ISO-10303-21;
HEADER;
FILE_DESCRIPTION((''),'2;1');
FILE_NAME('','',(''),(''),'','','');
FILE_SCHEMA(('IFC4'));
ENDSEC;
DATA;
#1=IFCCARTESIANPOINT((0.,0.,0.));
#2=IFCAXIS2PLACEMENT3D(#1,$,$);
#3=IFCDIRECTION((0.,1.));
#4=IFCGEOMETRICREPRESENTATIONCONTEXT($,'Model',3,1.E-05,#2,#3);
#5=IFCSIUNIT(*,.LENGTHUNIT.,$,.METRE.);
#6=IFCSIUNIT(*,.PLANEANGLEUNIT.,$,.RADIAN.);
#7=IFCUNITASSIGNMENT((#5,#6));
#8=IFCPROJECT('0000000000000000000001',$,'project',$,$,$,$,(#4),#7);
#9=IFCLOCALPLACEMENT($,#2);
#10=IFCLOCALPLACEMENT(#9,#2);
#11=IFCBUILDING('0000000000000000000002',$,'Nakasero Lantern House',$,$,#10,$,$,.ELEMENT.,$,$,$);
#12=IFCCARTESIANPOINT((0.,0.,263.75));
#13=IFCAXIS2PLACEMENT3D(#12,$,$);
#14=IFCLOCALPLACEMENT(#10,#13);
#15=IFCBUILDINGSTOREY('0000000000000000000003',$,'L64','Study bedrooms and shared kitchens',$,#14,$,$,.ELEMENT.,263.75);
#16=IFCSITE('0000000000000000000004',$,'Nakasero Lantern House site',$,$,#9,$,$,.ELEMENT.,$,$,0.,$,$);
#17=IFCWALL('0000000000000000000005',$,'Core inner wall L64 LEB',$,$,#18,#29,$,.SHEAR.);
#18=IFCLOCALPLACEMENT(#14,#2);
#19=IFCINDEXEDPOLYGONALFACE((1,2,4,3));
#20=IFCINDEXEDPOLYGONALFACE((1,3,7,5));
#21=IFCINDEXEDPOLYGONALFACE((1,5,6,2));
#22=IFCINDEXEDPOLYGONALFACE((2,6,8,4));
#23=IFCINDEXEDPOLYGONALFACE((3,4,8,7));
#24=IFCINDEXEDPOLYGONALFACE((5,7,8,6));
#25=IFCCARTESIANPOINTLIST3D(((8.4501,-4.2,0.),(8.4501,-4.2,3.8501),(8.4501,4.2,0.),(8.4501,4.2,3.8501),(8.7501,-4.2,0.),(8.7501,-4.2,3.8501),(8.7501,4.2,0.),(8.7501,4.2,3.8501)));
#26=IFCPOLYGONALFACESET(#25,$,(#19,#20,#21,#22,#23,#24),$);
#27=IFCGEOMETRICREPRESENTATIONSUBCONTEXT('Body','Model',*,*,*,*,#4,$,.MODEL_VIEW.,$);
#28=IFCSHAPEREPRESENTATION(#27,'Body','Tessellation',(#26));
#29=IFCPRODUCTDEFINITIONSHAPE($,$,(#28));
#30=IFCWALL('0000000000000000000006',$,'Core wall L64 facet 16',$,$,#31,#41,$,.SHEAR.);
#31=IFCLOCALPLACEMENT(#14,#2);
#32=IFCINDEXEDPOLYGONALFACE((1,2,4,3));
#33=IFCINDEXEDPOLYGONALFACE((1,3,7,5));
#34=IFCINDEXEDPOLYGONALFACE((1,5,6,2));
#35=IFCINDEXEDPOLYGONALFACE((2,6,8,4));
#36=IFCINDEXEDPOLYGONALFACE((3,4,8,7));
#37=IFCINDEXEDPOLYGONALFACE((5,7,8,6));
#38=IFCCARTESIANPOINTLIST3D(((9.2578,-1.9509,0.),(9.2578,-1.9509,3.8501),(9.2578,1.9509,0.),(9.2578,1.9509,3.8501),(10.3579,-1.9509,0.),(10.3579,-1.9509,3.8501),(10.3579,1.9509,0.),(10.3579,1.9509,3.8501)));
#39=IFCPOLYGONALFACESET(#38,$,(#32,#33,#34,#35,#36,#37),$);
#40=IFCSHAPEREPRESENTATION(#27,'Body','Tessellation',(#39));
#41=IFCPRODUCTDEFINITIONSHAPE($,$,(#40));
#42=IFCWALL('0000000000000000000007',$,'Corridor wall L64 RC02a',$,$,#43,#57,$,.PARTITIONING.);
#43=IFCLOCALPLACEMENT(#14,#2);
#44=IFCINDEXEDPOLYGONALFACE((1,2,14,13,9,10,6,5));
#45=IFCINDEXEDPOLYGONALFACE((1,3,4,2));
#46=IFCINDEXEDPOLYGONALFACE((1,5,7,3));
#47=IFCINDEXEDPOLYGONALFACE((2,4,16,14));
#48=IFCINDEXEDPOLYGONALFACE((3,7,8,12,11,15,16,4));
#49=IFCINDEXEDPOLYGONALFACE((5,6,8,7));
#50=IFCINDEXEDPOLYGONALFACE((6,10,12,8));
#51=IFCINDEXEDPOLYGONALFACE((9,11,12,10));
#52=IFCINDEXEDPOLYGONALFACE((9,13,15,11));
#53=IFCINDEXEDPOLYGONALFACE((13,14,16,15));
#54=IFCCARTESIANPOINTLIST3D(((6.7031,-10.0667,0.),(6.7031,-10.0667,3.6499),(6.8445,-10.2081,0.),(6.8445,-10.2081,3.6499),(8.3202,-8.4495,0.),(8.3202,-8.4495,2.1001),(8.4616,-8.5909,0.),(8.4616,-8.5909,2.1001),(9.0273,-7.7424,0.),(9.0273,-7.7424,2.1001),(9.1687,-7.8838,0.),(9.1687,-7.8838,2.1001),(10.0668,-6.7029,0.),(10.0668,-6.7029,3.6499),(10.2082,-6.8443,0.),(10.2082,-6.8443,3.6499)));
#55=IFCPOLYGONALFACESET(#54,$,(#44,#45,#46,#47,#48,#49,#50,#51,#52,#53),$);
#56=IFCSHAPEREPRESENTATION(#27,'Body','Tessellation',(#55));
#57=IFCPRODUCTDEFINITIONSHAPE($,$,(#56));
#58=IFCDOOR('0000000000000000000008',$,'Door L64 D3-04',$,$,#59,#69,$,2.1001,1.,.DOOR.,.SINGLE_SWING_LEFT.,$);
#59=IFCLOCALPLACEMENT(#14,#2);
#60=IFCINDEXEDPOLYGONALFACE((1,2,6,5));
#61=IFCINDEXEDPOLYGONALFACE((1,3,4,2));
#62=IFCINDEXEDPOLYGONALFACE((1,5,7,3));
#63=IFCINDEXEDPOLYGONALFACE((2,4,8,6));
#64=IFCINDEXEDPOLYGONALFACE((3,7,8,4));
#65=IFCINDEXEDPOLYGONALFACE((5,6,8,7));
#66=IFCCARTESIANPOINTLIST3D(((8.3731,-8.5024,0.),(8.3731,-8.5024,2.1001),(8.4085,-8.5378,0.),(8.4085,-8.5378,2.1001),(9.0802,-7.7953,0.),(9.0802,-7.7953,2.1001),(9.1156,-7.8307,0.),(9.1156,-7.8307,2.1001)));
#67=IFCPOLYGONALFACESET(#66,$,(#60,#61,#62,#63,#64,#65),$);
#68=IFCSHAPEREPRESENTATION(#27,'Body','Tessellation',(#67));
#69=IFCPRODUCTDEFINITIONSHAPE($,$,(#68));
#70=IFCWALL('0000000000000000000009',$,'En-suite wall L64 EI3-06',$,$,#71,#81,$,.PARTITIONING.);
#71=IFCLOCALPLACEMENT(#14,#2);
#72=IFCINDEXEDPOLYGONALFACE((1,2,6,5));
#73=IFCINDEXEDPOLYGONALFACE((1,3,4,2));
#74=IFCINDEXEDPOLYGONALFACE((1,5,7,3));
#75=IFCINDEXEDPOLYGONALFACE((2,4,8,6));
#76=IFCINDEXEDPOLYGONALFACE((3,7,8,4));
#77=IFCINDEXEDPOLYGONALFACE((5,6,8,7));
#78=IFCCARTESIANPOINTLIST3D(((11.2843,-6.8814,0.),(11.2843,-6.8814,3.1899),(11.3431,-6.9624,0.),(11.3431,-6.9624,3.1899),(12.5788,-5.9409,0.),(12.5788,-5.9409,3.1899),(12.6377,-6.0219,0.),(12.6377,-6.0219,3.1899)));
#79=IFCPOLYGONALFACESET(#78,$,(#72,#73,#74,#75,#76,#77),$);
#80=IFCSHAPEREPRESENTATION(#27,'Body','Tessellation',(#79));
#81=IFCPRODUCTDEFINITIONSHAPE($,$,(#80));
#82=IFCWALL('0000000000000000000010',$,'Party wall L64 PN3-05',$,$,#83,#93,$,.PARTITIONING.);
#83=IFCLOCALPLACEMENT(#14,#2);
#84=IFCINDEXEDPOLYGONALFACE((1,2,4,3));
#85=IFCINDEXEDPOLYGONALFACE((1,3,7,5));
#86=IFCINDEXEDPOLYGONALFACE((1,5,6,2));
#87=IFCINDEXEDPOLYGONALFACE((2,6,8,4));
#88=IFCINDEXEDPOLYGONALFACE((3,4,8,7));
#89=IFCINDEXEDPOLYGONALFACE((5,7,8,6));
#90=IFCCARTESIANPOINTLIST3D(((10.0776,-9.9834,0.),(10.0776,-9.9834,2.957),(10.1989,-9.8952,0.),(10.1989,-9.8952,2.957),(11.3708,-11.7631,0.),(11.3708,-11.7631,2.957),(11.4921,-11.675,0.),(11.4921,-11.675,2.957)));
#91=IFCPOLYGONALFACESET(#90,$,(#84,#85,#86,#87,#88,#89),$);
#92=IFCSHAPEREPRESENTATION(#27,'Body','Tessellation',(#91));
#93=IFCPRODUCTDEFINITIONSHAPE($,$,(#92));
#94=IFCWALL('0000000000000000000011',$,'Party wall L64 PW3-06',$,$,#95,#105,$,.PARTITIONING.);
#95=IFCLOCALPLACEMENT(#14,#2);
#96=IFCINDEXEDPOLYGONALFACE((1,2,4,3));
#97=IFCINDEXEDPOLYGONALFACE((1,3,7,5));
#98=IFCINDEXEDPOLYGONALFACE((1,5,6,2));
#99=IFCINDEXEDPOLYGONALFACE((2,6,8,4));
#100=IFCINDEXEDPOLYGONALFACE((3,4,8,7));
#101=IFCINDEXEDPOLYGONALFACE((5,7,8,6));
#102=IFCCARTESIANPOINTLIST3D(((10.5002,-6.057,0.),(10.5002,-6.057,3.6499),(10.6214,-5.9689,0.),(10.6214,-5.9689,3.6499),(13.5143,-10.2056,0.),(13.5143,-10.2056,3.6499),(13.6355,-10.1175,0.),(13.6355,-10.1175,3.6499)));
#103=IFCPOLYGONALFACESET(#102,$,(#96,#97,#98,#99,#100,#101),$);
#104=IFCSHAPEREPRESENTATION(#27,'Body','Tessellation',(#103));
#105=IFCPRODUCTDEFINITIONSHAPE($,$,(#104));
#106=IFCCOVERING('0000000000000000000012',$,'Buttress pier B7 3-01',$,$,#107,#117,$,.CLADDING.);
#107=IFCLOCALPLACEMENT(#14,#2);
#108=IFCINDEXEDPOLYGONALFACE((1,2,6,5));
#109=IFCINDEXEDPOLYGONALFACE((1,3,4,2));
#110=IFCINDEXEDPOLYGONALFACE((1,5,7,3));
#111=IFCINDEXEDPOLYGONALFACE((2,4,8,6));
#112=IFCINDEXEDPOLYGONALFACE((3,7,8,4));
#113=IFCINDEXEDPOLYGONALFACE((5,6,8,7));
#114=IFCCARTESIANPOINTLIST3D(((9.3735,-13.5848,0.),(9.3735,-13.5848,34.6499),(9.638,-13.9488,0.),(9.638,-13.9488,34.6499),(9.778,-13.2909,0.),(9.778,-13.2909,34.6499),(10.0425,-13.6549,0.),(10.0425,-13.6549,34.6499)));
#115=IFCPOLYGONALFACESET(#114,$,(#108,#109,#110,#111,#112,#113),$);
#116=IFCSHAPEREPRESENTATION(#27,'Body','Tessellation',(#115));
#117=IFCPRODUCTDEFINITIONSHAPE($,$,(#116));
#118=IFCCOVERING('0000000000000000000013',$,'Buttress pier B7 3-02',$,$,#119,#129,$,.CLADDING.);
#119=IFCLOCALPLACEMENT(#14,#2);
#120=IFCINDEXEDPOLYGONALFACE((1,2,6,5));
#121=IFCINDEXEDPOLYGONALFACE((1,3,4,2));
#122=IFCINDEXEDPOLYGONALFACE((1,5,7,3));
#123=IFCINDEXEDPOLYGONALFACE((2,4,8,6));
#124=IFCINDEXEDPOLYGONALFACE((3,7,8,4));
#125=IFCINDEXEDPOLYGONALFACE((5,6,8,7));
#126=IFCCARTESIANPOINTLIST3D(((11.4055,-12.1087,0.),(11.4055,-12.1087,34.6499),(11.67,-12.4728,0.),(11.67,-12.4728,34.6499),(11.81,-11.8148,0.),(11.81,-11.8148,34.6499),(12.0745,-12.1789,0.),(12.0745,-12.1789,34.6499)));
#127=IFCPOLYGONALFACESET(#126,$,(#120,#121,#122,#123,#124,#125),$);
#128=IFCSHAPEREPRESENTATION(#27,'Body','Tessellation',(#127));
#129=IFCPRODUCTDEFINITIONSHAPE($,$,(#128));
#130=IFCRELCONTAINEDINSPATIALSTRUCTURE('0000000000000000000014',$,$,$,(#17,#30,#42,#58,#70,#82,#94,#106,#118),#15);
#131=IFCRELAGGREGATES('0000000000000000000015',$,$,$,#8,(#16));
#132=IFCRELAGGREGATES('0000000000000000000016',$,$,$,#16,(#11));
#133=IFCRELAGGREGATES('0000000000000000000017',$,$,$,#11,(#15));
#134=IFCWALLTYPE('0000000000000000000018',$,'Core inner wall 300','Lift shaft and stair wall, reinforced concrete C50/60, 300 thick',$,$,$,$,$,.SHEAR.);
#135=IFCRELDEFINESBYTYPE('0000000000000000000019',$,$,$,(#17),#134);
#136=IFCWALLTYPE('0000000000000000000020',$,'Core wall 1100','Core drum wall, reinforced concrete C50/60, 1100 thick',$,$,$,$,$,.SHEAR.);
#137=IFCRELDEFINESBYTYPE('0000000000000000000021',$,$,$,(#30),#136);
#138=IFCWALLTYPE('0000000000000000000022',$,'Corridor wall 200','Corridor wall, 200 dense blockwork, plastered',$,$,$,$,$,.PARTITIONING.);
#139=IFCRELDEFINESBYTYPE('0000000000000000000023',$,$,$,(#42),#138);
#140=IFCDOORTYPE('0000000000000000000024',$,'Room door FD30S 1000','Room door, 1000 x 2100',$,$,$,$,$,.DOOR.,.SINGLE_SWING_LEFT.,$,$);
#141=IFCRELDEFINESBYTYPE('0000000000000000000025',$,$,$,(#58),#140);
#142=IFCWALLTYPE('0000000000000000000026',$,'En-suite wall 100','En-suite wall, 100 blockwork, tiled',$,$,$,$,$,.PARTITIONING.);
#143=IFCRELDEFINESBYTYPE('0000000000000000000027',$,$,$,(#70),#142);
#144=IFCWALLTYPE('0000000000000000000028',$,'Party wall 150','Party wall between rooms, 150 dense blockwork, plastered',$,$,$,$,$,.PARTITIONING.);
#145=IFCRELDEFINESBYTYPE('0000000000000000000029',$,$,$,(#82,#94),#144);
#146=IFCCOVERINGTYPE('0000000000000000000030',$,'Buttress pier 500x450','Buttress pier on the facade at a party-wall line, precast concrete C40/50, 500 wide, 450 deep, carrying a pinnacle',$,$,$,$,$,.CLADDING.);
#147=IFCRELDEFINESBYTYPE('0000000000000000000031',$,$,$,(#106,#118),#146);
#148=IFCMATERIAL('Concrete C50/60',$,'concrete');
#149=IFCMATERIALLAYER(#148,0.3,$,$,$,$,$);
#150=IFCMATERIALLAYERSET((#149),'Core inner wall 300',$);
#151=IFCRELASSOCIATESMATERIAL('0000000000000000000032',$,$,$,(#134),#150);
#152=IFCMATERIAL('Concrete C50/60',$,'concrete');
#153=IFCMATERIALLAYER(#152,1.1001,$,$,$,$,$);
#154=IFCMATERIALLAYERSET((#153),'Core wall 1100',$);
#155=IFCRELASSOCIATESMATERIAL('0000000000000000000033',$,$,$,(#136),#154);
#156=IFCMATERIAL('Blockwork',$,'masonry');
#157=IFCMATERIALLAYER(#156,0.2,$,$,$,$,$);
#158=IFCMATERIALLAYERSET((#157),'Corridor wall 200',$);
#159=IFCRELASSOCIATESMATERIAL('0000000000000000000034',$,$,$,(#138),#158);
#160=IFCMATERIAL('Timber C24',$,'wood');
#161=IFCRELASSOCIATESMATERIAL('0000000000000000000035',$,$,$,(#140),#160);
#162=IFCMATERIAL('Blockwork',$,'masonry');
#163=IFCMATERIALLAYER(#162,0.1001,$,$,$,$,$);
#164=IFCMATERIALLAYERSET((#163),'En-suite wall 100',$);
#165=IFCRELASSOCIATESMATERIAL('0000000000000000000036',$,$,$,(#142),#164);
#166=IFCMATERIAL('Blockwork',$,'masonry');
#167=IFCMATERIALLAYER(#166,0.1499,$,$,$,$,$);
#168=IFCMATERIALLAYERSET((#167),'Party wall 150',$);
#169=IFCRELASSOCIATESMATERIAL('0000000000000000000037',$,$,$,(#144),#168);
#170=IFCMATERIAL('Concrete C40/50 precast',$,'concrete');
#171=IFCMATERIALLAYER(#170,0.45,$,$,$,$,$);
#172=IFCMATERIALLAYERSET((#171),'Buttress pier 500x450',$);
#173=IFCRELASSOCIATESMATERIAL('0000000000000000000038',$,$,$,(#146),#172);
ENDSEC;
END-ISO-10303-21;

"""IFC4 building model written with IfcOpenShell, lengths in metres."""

from ifc_helpers import new_model, si_unit, direction, frame, frame_2d, origin, origin_2d, place, context, subcontext, project, spatial, rectangle, extrude, material, layer, layer_set, type_object, element, fill, save


model = new_model("IFC4")

# Units and contexts
model_context = context("Model", 3, precision=1e-05, world=origin(), true_north=direction((0.0, 1.0)))
body_context = subcontext(model_context, "Body", "Model", "MODEL_VIEW")
ifc_project = project(units=[si_unit("LENGTHUNIT", "METRE"), si_unit("PLANEANGLEUNIT", "RADIAN")], contexts=[model_context])

# Site, building, storey
site_placement = place(None, origin())
site = spatial("IfcSite", under=ifc_project, at=site_placement, Name="Nakasero Lantern House site", CompositionType="ELEMENT", RefElevation=0.0)
building_placement = place(site_placement, origin())
building = spatial("IfcBuilding", under=site, at=building_placement, Name="Nakasero Lantern House", CompositionType="ELEMENT")
storey_placement = place(building_placement, frame((0.0, 0.0, 263.75)))
storey = spatial("IfcBuildingStorey", under=building, at=storey_placement, Name="L64", Description="Study bedrooms and shared kitchens", CompositionType="ELEMENT", Elevation=263.75)

# Walls
ifc_material_1 = material(Name="Concrete C50/60", Category="concrete")
ifc_layer_1 = layer(ifc_material_1, 0.3)
ifc_layer_set_1 = layer_set([ifc_layer_1], Name="Core inner wall 300")
wall_type_1 = type_object("IfcWallType", Name="Core inner wall 300", Description="Lift shaft and stair wall, reinforced concrete C50/60, 300 thick", PredefinedType="SHEAR", material=ifc_layer_set_1)
wall_1_placement = place(storey_placement, frame((8.6001, -4.2, 0.0), z_axis=(0.0, 0.0, 1.0), x_axis=(0.0, 1.0, 0.0)))
element("IfcWall", 1, at=wall_1_placement, inside=storey, type_object=wall_type_1, Name="Core inner wall L64 LEB", PredefinedType="SHEAR", context=body_context, shape_type="SweptSolid", body=[
    extrude(rectangle(XDim=8.3999, YDim=0.3, at=frame_2d((4.2, 0.0))), origin(), (0.0, 0.0, 1.0), 3.8501),
])
ifc_material_2 = material(Name="Concrete C50/60", Category="concrete")
ifc_layer_2 = layer(ifc_material_2, 1.1001)
ifc_layer_set_2 = layer_set([ifc_layer_2], Name="Core wall 1100")
wall_type_2 = type_object("IfcWallType", Name="Core wall 1100", Description="Core drum wall, reinforced concrete C50/60, 1100 thick", PredefinedType="SHEAR", material=ifc_layer_set_2)
wall_2_placement = place(storey_placement, frame((9.8079, -1.9509, 0.0), z_axis=(0.0, 0.0, 1.0), x_axis=(0.0, 1.0, 0.0)))
element("IfcWall", 2, at=wall_2_placement, inside=storey, type_object=wall_type_2, Name="Core wall L64 facet 16", PredefinedType="SHEAR", context=body_context, shape_type="SweptSolid", body=[
    extrude(rectangle(XDim=3.9019, YDim=1.1001, at=frame_2d((1.9509, 0.0))), origin(), (0.0, 0.0, 1.0), 3.8501),
])

# Wall, opening, door
ifc_material_3 = material(Name="Blockwork", Category="masonry")
ifc_layer_3 = layer(ifc_material_3, 0.2)
ifc_layer_set_3 = layer_set([ifc_layer_3], Name="Corridor wall 200")
wall_type_3 = type_object("IfcWallType", Name="Corridor wall 200", Description="Corridor wall, 200 dense blockwork, plastered", PredefinedType="PARTITIONING", material=ifc_layer_set_3)
wall_3_placement = place(storey_placement, frame((10.1375, -6.7737, 0.0), z_axis=(0.0, 0.0, 1.0), x_axis=(-0.707107, -0.707107, 0.0)))
wall_3 = element("IfcWall", 3, at=wall_3_placement, inside=storey, type_object=wall_type_3, Name="Corridor wall L64 RC02a", PredefinedType="PARTITIONING", context=body_context, shape_type="SweptSolid", body=[
    extrude(rectangle(XDim=4.7571, YDim=0.2, at=frame_2d((2.3784, 0.0))), origin(), (0.0, 0.0, 1.0), 3.6499),
])
opening_placement = place(wall_3_placement, frame((1.47, 0.0, 0.0)))
opening = element("IfcOpeningElement", 4, at=opening_placement, cuts=wall_3, PredefinedType="OPENING", context=body_context, shape_type="SweptSolid", body=[
    extrude(rectangle(XDim=1.0, YDim=2.1001, at=frame_2d((0.5, 1.05))), frame((0.0, 0.1199, 0.0), z_axis=(0.0, -1.0, 0.0), x_axis=(1.0, 0.0, 0.0)), (0.0, 0.0, 1.0), 0.24),
])
ifc_material_4 = material(Name="Timber C24", Category="wood")
door_type = type_object("IfcDoorType", Name="Room door FD30S 1000", Description="Room door, 1000 x 2100", OperationType="SINGLE_SWING_LEFT", PredefinedType="DOOR", material=ifc_material_4)
door_placement = place(opening_placement, origin())
door = element("IfcDoor", 5, at=door_placement, inside=storey, type_object=door_type, Name="Door L64 D3-04", OperationType="SINGLE_SWING_LEFT", OverallHeight=2.1001, OverallWidth=1.0, PredefinedType="DOOR", context=body_context, shape_type="SweptSolid", body=[
    extrude(rectangle(XDim=1.0, YDim=2.1001, at=frame_2d((0.5, 1.05))), frame((0.0, 0.0249, 0.0), z_axis=(0.0, -1.0, 0.0), x_axis=(1.0, 0.0, 0.0)), (0.0, 0.0, 1.0), 0.05),
])
fill(opening, door)

# Walls
ifc_material_5 = material(Name="Blockwork", Category="masonry")
ifc_layer_4 = layer(ifc_material_5, 0.1001)
ifc_layer_set_4 = layer_set([ifc_layer_4], Name="En-suite wall 100")
wall_type_4 = type_object("IfcWallType", Name="En-suite wall 100", Description="En-suite wall, 100 blockwork, tiled", PredefinedType="PARTITIONING", material=ifc_layer_set_4)
wall_4_placement = place(storey_placement, frame((11.3137, -6.9219, 0.0), z_axis=(0.0, 0.0, 1.0), x_axis=(0.809026, 0.587772, 0.0)))
element("IfcWall", 6, at=wall_4_placement, inside=storey, type_object=wall_type_4, Name="En-suite wall L64 EI3-06", PredefinedType="PARTITIONING", context=body_context, shape_type="SweptSolid", body=[
    extrude(rectangle(XDim=1.6001, YDim=0.1001, at=frame_2d((0.8, 0.0))), origin(), (0.0, 0.0, 1.0), 3.1899),
])
ifc_material_6 = material(Name="Blockwork", Category="masonry")
ifc_layer_5 = layer(ifc_material_6, 0.1499)
ifc_layer_set_5 = layer_set([ifc_layer_5], Name="Party wall 150")
wall_type_5 = type_object("IfcWallType", Name="Party wall 150", Description="Party wall between rooms, 150 dense blockwork, plastered", PredefinedType="PARTITIONING", material=ifc_layer_set_5)
wall_5_placement = place(storey_placement, frame((10.1382, -9.9392, 0.0), z_axis=(0.0, 0.0, 1.0), x_axis=(0.587822, -0.80899, 0.0)))
element("IfcWall", 7, at=wall_5_placement, inside=storey, type_object=wall_type_5, Name="Party wall L64 PN3-05", PredefinedType="PARTITIONING", context=body_context, shape_type="SweptSolid", body=[
    extrude(rectangle(XDim=2.2, YDim=0.1499, at=frame_2d((1.1001, 0.0))), origin(), (0.0, 0.0, 1.0), 2.957),
])
wall_6_placement = place(storey_placement, frame((10.5608, -6.0129, 0.0), z_axis=(0.0, 0.0, 1.0), x_axis=(0.587781, -0.80902, 0.0)))
element("IfcWall", 8, at=wall_6_placement, inside=storey, type_object=wall_type_5, Name="Party wall L64 PW3-06", PredefinedType="PARTITIONING", context=body_context, shape_type="SweptSolid", body=[
    extrude(rectangle(XDim=5.1279, YDim=0.1499, at=frame_2d((2.564, 0.0))), origin(), (0.0, 0.0, 1.0), 3.6499),
])

# Coverings
ifc_material_7 = material(Name="Concrete C40/50 precast", Category="concrete")
ifc_layer_6 = layer(ifc_material_7, 0.45)
ifc_layer_set_6 = layer_set([ifc_layer_6], Name="Buttress pier 500x450")
covering_type = type_object("IfcCoveringType", Name="Buttress pier 500x450", Description="Buttress pier on the facade at a party-wall line, precast concrete C40/50, 500 wide, 450 deep, carrying a pinnacle", PredefinedType="CLADDING", material=ifc_layer_set_6)
for number, where, z_axis, x_axis, name in (
    (9, (9.708, -13.6199, 0.0), (0.0, 0.0, 1.0), (0.587785, -0.809017, 0.0), "Buttress pier B7 3-01"),
    (10, (11.74, -12.1438, 0.0), (0.0, 0.0, 1.0), (0.587785, -0.809017, 0.0), "Buttress pier B7 3-02"),
):
    element("IfcCovering", number, at=place(storey_placement, frame(where, z_axis=z_axis, x_axis=x_axis)), inside=storey, type_object=covering_type, Name=name, PredefinedType="CLADDING", context=body_context, shape_type="SweptSolid", body=[
        extrude(rectangle(XDim=0.45, YDim=0.5, at=origin_2d()), origin(), (0.0, 0.0, 1.0), 34.6499),
    ])

save(model, "model.ifc")
